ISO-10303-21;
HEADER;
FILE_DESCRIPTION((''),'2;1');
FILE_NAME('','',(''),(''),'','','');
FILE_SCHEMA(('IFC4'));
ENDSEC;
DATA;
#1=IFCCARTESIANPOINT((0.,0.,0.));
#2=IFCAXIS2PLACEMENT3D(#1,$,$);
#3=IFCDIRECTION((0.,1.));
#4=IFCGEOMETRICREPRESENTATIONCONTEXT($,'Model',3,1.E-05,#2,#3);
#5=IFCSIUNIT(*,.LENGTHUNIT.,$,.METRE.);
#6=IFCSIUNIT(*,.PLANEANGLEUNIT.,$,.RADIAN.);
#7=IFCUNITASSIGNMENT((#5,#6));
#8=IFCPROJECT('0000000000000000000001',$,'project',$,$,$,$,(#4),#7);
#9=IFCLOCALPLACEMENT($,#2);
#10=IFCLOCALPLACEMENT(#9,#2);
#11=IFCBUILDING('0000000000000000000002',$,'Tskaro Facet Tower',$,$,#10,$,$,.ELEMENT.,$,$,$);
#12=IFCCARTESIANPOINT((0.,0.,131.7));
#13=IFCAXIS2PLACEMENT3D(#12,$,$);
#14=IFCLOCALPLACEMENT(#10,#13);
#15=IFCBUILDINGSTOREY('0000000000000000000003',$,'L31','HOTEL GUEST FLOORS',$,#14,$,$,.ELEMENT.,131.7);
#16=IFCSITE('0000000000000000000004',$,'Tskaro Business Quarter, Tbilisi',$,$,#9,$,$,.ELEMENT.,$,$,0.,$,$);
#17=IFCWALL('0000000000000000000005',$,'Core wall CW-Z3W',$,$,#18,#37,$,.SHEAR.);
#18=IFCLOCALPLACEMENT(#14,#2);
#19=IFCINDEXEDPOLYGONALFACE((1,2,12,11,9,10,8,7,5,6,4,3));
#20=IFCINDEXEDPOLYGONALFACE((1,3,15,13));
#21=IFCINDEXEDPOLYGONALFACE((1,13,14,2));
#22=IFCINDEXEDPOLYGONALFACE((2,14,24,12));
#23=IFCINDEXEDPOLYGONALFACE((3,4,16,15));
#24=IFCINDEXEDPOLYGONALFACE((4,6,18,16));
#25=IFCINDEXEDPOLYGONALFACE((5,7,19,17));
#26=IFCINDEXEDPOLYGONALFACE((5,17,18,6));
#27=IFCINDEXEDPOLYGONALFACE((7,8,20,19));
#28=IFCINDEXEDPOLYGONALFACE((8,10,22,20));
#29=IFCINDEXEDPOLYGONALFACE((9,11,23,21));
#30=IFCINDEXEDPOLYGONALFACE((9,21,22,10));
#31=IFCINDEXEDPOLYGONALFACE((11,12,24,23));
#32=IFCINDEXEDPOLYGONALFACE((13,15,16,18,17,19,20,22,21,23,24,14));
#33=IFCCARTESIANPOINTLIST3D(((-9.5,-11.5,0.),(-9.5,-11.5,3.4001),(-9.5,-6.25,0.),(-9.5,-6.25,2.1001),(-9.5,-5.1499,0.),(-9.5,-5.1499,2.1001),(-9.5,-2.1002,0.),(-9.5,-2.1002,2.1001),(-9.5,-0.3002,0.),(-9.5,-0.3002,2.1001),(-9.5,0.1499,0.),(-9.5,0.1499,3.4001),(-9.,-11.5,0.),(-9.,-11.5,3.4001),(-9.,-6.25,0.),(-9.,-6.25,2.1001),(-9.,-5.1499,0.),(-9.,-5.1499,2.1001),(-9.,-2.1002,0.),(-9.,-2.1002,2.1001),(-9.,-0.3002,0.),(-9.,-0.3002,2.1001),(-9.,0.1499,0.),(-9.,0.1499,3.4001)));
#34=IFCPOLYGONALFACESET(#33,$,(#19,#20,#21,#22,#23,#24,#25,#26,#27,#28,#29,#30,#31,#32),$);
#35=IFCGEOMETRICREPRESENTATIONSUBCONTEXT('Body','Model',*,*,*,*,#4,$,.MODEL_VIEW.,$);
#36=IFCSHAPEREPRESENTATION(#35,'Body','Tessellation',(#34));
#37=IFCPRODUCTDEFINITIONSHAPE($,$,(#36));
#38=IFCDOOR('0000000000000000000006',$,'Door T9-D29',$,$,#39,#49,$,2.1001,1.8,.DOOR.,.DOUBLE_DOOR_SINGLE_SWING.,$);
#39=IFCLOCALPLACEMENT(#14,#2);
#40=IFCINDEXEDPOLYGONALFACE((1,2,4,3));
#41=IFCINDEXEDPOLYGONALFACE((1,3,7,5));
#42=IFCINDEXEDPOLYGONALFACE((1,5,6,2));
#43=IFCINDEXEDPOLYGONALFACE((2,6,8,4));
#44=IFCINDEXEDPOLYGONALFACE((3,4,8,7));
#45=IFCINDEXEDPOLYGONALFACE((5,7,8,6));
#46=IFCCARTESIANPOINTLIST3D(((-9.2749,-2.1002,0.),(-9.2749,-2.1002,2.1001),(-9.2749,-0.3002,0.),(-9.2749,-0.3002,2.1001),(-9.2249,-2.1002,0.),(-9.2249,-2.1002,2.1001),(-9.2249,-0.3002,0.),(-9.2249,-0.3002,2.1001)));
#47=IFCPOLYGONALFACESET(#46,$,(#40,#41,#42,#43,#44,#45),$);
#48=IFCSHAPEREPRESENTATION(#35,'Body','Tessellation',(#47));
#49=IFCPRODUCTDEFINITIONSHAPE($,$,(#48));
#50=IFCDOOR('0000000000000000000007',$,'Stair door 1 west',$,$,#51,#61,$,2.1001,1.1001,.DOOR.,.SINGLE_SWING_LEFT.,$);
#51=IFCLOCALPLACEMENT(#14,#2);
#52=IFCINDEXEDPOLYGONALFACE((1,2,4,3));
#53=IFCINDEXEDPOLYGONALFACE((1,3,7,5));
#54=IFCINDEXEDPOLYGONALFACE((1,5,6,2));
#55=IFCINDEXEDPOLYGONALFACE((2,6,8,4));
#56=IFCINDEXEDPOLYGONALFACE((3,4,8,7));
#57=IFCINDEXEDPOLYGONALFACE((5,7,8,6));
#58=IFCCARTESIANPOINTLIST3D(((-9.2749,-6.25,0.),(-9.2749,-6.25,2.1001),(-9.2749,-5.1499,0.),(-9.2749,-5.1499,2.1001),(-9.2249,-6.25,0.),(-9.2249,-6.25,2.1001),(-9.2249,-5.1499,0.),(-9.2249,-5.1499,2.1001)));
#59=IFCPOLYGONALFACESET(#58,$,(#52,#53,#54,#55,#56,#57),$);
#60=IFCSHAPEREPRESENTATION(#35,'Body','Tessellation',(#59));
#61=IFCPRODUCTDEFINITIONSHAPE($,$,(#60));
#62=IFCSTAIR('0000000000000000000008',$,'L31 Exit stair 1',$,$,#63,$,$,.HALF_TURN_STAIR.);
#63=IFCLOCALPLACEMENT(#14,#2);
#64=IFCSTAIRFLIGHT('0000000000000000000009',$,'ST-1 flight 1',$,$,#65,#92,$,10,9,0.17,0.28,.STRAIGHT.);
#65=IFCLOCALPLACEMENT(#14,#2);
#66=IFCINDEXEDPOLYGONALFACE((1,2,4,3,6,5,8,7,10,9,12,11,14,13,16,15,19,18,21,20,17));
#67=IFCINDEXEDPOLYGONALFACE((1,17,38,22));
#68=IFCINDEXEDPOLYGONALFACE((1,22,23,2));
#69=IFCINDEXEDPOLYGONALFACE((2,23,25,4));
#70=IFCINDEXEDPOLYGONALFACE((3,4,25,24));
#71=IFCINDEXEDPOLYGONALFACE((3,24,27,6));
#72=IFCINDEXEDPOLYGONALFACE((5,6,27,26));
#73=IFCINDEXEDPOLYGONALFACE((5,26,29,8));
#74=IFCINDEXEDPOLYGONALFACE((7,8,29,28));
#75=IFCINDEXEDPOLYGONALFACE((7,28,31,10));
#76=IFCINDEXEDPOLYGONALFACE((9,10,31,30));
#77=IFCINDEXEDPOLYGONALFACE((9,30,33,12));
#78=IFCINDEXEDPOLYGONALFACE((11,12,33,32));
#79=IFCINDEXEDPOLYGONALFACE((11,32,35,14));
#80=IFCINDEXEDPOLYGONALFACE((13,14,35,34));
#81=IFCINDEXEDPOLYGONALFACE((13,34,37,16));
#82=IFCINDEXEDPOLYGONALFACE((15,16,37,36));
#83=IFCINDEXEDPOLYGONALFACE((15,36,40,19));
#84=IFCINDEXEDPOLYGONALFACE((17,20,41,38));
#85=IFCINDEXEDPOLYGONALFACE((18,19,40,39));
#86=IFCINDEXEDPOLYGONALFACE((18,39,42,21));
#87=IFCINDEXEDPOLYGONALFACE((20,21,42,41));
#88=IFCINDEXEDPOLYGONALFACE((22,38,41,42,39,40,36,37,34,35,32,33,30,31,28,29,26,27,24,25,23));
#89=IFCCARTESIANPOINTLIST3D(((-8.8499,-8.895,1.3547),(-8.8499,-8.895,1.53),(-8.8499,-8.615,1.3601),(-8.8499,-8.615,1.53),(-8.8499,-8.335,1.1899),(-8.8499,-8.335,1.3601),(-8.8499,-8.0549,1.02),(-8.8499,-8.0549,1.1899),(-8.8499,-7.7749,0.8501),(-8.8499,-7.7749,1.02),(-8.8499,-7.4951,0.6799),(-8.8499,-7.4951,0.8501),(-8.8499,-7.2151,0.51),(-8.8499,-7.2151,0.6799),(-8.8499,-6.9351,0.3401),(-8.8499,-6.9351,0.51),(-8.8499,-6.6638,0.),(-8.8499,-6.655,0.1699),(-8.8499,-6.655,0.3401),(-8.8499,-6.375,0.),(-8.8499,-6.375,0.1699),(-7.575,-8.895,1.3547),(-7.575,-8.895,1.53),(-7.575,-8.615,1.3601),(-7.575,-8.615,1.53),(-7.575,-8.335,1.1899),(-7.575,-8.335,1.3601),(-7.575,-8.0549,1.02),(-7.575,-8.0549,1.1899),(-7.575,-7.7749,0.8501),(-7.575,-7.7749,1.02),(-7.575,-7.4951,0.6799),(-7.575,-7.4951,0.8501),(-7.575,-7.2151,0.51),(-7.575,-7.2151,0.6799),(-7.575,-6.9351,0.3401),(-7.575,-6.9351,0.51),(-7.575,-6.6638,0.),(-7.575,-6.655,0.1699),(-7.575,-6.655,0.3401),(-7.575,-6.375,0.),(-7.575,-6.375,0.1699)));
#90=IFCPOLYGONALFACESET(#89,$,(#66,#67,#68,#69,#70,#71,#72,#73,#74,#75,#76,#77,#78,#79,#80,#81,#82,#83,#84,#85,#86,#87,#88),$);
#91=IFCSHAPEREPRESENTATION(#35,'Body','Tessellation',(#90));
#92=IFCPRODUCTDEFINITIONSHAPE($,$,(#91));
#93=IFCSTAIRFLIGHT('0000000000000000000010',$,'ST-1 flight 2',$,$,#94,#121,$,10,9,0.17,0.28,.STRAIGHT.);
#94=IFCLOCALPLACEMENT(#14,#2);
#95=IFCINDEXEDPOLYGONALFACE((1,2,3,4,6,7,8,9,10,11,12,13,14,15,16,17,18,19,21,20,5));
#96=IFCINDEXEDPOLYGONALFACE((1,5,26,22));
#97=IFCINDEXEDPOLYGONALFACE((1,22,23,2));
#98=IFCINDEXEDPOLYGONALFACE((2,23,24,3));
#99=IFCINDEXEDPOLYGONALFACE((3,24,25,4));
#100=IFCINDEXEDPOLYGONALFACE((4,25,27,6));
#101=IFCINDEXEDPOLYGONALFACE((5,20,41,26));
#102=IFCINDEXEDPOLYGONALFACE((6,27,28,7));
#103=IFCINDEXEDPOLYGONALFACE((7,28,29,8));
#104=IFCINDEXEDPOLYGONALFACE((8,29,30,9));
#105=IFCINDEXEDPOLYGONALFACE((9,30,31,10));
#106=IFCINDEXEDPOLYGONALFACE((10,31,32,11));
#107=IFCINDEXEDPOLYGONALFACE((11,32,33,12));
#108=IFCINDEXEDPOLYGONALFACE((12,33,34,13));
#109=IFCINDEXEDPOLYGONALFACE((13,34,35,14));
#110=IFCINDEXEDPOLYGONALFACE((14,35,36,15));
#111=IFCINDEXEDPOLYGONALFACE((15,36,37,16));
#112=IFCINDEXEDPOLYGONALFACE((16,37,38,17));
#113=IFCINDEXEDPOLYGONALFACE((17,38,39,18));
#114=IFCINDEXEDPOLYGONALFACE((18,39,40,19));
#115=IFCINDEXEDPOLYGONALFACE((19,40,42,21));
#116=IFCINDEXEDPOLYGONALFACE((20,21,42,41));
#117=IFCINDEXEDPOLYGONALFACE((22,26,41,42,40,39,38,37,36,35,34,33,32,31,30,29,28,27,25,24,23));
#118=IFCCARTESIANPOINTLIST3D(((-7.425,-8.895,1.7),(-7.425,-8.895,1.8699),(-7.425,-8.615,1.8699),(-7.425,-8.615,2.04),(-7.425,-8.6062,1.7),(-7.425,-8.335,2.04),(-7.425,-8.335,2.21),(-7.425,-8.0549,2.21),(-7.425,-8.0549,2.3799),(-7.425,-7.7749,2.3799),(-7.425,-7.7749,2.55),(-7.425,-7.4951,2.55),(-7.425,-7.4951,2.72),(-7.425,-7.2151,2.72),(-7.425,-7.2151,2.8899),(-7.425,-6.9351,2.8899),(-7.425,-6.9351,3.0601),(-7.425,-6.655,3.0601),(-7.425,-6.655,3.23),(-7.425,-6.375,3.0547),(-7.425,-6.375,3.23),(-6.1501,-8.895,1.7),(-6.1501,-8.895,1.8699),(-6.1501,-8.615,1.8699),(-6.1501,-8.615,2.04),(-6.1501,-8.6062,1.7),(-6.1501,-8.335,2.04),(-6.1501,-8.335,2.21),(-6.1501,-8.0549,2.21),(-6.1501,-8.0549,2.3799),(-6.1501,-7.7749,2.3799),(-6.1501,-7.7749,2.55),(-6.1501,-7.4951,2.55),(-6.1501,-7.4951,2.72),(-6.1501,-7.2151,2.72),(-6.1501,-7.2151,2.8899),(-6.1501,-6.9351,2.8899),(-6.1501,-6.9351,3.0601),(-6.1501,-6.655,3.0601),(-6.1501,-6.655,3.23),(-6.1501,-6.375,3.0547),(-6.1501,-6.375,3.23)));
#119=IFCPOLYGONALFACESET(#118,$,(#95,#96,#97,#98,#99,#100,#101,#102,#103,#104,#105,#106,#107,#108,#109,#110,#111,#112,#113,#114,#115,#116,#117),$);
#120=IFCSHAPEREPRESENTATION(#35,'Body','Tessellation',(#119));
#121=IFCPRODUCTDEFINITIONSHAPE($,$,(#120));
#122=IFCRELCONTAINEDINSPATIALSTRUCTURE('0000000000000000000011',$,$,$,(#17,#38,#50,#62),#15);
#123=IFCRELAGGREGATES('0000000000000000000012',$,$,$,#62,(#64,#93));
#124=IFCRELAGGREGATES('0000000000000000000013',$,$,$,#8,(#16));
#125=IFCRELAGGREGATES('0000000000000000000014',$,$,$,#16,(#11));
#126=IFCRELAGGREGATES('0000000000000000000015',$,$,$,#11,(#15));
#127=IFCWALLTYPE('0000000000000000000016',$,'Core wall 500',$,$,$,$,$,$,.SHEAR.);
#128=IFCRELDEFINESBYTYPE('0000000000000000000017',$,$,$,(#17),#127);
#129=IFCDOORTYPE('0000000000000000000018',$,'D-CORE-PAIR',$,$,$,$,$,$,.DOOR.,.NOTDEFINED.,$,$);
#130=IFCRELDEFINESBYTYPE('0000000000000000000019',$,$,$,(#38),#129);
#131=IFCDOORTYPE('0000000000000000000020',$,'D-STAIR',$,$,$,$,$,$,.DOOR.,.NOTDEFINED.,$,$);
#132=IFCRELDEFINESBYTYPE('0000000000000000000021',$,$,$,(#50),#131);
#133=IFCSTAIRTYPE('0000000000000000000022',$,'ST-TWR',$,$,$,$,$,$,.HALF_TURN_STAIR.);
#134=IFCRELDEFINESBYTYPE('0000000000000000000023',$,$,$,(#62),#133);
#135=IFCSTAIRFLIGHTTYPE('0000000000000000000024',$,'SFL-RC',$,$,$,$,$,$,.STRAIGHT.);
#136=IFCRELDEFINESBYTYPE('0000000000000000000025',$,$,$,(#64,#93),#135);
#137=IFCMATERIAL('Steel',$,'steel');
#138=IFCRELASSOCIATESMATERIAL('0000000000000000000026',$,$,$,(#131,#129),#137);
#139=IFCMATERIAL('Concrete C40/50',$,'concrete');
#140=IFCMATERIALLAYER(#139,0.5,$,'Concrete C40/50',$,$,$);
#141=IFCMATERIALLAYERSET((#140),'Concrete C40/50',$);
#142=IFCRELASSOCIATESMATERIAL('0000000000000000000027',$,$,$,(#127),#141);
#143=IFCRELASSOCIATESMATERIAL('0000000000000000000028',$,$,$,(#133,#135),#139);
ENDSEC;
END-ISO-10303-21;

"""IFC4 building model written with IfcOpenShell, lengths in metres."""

from ifc_helpers import new_model, si_unit, direction, frame, frame_2d, origin, place, context, subcontext, project, spatial, polyline, rectangle, outline, extrude, material, layer, layer_set, type_object, element, fill, aggregate, save


model = new_model("IFC4")

# Units and contexts
model_context = context("Model", 3, precision=1e-05, world=origin(), true_north=direction((0.0, 1.0)))
body_context = subcontext(model_context, "Body", "Model", "MODEL_VIEW")
ifc_project = project(units=[si_unit("LENGTHUNIT", "METRE"), si_unit("PLANEANGLEUNIT", "RADIAN")], contexts=[model_context])

# Site, building, storey
site_placement = place(None, origin())
site = spatial("IfcSite", under=ifc_project, at=site_placement, Name="Tskaro Business Quarter, Tbilisi", CompositionType="ELEMENT", RefElevation=0.0)
building_placement = place(site_placement, origin())
building = spatial("IfcBuilding", under=site, at=building_placement, Name="Tskaro Facet Tower", CompositionType="ELEMENT")
storey_placement = place(building_placement, frame((0.0, 0.0, 131.7)))
storey = spatial("IfcBuildingStorey", under=building, at=storey_placement, Name="L31", Description="HOTEL GUEST FLOORS", CompositionType="ELEMENT", Elevation=131.7)

# Shared definitions
ifc_material_1 = material(Name="Steel", Category="steel")
door_type_1 = type_object("IfcDoorType", Name="D-STAIR", OperationType="NOTDEFINED", PredefinedType="DOOR", material=ifc_material_1)

# Wall, openings, doors
ifc_material_2 = material(Name="Concrete C40/50", Category="concrete")
ifc_layer_1 = layer(ifc_material_2, 0.5, Name="Concrete C40/50")
ifc_layer_set_1 = layer_set([ifc_layer_1], Name="Concrete C40/50")
wall_type_1 = type_object("IfcWallType", Name="Core wall 500", PredefinedType="SHEAR", material=ifc_layer_set_1)
wall_1_placement = place(storey_placement, frame((-9.25, -11.5, 0.0), z_axis=(0.0, 0.0, 1.0), x_axis=(0.0, 1.0, 0.0)))
wall_1 = element("IfcWall", 1, at=wall_1_placement, inside=storey, type_object=wall_type_1, Name="Core wall CW-Z3W", PredefinedType="SHEAR", context=body_context, shape_type="SweptSolid", body=[
    extrude(rectangle(XDim=11.6499, YDim=0.5, at=frame_2d((5.825, 0.0))), origin(), (0.0, 0.0, 1.0), 3.4001),
])
opening_1_placement = place(wall_1_placement, frame((9.3999, 0.0, 0.0)))
opening_1 = element("IfcOpeningElement", 2, at=opening_1_placement, cuts=wall_1, PredefinedType="OPENING", context=body_context, shape_type="SweptSolid", body=[
    extrude(rectangle(XDim=1.8, YDim=2.1001, at=frame_2d((0.8999, 1.05))), frame((0.0, 0.26, 0.0), z_axis=(0.0, -1.0, 0.0), x_axis=(1.0, 0.0, 0.0)), (0.0, 0.0, 1.0), 0.52),
])
opening_2_placement = place(wall_1_placement, frame((5.25, 0.0, 0.0)))
opening_2 = element("IfcOpeningElement", 3, at=opening_2_placement, cuts=wall_1, PredefinedType="OPENING", context=body_context, shape_type="SweptSolid", body=[
    extrude(rectangle(XDim=1.1001, YDim=2.1001, at=frame_2d((0.55, 1.05))), frame((0.0, 0.26, 0.0), z_axis=(0.0, -1.0, 0.0), x_axis=(1.0, 0.0, 0.0)), (0.0, 0.0, 1.0), 0.52),
])
door_type_2 = type_object("IfcDoorType", Name="D-CORE-PAIR", OperationType="NOTDEFINED", PredefinedType="DOOR", material=ifc_material_1)
door_1_placement = place(opening_1_placement, origin())
door_1 = element("IfcDoor", 4, at=door_1_placement, inside=storey, type_object=door_type_2, Name="Door T9-D29", OperationType="DOUBLE_DOOR_SINGLE_SWING", OverallHeight=2.1001, OverallWidth=1.8, PredefinedType="DOOR", context=body_context, shape_type="SweptSolid", body=[
    extrude(rectangle(XDim=1.8, YDim=2.1001, at=frame_2d((0.8999, 1.05))), frame((0.0, 0.0249, 0.0), z_axis=(0.0, -1.0, 0.0), x_axis=(1.0, 0.0, 0.0)), (0.0, 0.0, 1.0), 0.05),
])
fill(opening_1, door_1)
door_2_placement = place(opening_2_placement, origin())
door_2 = element("IfcDoor", 5, at=door_2_placement, inside=storey, type_object=door_type_1, Name="Stair door 1 west", OperationType="SINGLE_SWING_LEFT", OverallHeight=2.1001, OverallWidth=1.1001, PredefinedType="DOOR", context=body_context, shape_type="SweptSolid", body=[
    extrude(rectangle(XDim=1.1001, YDim=2.1001, at=frame_2d((0.55, 1.05))), frame((0.0, 0.0249, 0.0), z_axis=(0.0, -1.0, 0.0), x_axis=(1.0, 0.0, 0.0)), (0.0, 0.0, 1.0), 0.05),
])
fill(opening_2, door_2)

# Stair, stair flights
stair_type = type_object("IfcStairType", Name="ST-TWR", PredefinedType="HALF_TURN_STAIR", material=ifc_material_2)
stair_placement = place(storey_placement, origin())
stair = element("IfcStair", 6, at=stair_placement, inside=storey, type_object=stair_type, Name="L31 Exit stair 1", PredefinedType="HALF_TURN_STAIR")
stair_flight_type = type_object("IfcStairFlightType", Name="SFL-RC", PredefinedType="STRAIGHT", material=ifc_material_2)
stair_flight_1_placement = place(storey_placement, frame((-8.2124, -6.375, 0.0), z_axis=(0.0, 0.0, 1.0), x_axis=(0.0, -1.0, 0.0)))
stair_flight_1 = element("IfcStairFlight", 7, at=stair_flight_1_placement, type_object=stair_flight_type, Name="ST-1 flight 1", NumberOfRisers=10, NumberOfTreads=9, PredefinedType="STRAIGHT", RiserHeight=0.17, TreadLength=0.28, context=body_context, shape_type="SweptSolid", body=[
    extrude(outline(polyline([(0.0, 0.0), (0.0, 0.1699), (0.28, 0.1699), (0.28, 0.3401), (0.5601, 0.3401), (0.5601, 0.51), (0.8401, 0.51), (0.8401, 0.6799), (1.1201, 0.6799), (1.1201, 0.8501), (1.3999, 0.8501), (1.3999, 1.02), (1.6799, 1.02), (1.6799, 1.1899), (1.96, 1.1899), (1.96, 1.3601), (2.24, 1.3601), (2.24, 1.53), (2.52, 1.53), (2.52, 1.7), (2.52, 1.3547), (0.2888, 0.0), (0.0, 0.0)])), frame((0.0, 0.6375, 0.0), z_axis=(0.0, -1.0, 0.0), x_axis=(1.0, 0.0, 0.0)), (0.0, 0.0, 1.0), 1.2749),
])
stair_flight_2_placement = place(storey_placement, frame((-6.7876, -8.895, 1.7), z_axis=(0.0, 0.0, 1.0), x_axis=(0.0, 1.0, 0.0)))
stair_flight_2 = element("IfcStairFlight", 8, at=stair_flight_2_placement, type_object=stair_flight_type, Name="ST-1 flight 2", NumberOfRisers=10, NumberOfTreads=9, PredefinedType="STRAIGHT", RiserHeight=0.17, TreadLength=0.28, context=body_context, shape_type="SweptSolid", body=[
    extrude(outline(polyline([(0.0, 0.0), (0.0, 0.1699), (0.28, 0.1699), (0.28, 0.3401), (0.5601, 0.3401), (0.5601, 0.51), (0.8401, 0.51), (0.8401, 0.6799), (1.1201, 0.6799), (1.1201, 0.8501), (1.3999, 0.8501), (1.3999, 1.02), (1.6799, 1.02), (1.6799, 1.1899), (1.96, 1.1899), (1.96, 1.3601), (2.24, 1.3601), (2.24, 1.53), (2.52, 1.53), (2.52, 1.7), (2.52, 1.3547), (0.2888, 0.0), (0.0, 0.0)])), frame((0.0, 0.6375, 0.0), z_axis=(0.0, -1.0, 0.0), x_axis=(1.0, 0.0, 0.0)), (0.0, 0.0, 1.0), 1.2749),
])
aggregate(stair, [stair_flight_1, stair_flight_2])

save(model, "model.ifc")
